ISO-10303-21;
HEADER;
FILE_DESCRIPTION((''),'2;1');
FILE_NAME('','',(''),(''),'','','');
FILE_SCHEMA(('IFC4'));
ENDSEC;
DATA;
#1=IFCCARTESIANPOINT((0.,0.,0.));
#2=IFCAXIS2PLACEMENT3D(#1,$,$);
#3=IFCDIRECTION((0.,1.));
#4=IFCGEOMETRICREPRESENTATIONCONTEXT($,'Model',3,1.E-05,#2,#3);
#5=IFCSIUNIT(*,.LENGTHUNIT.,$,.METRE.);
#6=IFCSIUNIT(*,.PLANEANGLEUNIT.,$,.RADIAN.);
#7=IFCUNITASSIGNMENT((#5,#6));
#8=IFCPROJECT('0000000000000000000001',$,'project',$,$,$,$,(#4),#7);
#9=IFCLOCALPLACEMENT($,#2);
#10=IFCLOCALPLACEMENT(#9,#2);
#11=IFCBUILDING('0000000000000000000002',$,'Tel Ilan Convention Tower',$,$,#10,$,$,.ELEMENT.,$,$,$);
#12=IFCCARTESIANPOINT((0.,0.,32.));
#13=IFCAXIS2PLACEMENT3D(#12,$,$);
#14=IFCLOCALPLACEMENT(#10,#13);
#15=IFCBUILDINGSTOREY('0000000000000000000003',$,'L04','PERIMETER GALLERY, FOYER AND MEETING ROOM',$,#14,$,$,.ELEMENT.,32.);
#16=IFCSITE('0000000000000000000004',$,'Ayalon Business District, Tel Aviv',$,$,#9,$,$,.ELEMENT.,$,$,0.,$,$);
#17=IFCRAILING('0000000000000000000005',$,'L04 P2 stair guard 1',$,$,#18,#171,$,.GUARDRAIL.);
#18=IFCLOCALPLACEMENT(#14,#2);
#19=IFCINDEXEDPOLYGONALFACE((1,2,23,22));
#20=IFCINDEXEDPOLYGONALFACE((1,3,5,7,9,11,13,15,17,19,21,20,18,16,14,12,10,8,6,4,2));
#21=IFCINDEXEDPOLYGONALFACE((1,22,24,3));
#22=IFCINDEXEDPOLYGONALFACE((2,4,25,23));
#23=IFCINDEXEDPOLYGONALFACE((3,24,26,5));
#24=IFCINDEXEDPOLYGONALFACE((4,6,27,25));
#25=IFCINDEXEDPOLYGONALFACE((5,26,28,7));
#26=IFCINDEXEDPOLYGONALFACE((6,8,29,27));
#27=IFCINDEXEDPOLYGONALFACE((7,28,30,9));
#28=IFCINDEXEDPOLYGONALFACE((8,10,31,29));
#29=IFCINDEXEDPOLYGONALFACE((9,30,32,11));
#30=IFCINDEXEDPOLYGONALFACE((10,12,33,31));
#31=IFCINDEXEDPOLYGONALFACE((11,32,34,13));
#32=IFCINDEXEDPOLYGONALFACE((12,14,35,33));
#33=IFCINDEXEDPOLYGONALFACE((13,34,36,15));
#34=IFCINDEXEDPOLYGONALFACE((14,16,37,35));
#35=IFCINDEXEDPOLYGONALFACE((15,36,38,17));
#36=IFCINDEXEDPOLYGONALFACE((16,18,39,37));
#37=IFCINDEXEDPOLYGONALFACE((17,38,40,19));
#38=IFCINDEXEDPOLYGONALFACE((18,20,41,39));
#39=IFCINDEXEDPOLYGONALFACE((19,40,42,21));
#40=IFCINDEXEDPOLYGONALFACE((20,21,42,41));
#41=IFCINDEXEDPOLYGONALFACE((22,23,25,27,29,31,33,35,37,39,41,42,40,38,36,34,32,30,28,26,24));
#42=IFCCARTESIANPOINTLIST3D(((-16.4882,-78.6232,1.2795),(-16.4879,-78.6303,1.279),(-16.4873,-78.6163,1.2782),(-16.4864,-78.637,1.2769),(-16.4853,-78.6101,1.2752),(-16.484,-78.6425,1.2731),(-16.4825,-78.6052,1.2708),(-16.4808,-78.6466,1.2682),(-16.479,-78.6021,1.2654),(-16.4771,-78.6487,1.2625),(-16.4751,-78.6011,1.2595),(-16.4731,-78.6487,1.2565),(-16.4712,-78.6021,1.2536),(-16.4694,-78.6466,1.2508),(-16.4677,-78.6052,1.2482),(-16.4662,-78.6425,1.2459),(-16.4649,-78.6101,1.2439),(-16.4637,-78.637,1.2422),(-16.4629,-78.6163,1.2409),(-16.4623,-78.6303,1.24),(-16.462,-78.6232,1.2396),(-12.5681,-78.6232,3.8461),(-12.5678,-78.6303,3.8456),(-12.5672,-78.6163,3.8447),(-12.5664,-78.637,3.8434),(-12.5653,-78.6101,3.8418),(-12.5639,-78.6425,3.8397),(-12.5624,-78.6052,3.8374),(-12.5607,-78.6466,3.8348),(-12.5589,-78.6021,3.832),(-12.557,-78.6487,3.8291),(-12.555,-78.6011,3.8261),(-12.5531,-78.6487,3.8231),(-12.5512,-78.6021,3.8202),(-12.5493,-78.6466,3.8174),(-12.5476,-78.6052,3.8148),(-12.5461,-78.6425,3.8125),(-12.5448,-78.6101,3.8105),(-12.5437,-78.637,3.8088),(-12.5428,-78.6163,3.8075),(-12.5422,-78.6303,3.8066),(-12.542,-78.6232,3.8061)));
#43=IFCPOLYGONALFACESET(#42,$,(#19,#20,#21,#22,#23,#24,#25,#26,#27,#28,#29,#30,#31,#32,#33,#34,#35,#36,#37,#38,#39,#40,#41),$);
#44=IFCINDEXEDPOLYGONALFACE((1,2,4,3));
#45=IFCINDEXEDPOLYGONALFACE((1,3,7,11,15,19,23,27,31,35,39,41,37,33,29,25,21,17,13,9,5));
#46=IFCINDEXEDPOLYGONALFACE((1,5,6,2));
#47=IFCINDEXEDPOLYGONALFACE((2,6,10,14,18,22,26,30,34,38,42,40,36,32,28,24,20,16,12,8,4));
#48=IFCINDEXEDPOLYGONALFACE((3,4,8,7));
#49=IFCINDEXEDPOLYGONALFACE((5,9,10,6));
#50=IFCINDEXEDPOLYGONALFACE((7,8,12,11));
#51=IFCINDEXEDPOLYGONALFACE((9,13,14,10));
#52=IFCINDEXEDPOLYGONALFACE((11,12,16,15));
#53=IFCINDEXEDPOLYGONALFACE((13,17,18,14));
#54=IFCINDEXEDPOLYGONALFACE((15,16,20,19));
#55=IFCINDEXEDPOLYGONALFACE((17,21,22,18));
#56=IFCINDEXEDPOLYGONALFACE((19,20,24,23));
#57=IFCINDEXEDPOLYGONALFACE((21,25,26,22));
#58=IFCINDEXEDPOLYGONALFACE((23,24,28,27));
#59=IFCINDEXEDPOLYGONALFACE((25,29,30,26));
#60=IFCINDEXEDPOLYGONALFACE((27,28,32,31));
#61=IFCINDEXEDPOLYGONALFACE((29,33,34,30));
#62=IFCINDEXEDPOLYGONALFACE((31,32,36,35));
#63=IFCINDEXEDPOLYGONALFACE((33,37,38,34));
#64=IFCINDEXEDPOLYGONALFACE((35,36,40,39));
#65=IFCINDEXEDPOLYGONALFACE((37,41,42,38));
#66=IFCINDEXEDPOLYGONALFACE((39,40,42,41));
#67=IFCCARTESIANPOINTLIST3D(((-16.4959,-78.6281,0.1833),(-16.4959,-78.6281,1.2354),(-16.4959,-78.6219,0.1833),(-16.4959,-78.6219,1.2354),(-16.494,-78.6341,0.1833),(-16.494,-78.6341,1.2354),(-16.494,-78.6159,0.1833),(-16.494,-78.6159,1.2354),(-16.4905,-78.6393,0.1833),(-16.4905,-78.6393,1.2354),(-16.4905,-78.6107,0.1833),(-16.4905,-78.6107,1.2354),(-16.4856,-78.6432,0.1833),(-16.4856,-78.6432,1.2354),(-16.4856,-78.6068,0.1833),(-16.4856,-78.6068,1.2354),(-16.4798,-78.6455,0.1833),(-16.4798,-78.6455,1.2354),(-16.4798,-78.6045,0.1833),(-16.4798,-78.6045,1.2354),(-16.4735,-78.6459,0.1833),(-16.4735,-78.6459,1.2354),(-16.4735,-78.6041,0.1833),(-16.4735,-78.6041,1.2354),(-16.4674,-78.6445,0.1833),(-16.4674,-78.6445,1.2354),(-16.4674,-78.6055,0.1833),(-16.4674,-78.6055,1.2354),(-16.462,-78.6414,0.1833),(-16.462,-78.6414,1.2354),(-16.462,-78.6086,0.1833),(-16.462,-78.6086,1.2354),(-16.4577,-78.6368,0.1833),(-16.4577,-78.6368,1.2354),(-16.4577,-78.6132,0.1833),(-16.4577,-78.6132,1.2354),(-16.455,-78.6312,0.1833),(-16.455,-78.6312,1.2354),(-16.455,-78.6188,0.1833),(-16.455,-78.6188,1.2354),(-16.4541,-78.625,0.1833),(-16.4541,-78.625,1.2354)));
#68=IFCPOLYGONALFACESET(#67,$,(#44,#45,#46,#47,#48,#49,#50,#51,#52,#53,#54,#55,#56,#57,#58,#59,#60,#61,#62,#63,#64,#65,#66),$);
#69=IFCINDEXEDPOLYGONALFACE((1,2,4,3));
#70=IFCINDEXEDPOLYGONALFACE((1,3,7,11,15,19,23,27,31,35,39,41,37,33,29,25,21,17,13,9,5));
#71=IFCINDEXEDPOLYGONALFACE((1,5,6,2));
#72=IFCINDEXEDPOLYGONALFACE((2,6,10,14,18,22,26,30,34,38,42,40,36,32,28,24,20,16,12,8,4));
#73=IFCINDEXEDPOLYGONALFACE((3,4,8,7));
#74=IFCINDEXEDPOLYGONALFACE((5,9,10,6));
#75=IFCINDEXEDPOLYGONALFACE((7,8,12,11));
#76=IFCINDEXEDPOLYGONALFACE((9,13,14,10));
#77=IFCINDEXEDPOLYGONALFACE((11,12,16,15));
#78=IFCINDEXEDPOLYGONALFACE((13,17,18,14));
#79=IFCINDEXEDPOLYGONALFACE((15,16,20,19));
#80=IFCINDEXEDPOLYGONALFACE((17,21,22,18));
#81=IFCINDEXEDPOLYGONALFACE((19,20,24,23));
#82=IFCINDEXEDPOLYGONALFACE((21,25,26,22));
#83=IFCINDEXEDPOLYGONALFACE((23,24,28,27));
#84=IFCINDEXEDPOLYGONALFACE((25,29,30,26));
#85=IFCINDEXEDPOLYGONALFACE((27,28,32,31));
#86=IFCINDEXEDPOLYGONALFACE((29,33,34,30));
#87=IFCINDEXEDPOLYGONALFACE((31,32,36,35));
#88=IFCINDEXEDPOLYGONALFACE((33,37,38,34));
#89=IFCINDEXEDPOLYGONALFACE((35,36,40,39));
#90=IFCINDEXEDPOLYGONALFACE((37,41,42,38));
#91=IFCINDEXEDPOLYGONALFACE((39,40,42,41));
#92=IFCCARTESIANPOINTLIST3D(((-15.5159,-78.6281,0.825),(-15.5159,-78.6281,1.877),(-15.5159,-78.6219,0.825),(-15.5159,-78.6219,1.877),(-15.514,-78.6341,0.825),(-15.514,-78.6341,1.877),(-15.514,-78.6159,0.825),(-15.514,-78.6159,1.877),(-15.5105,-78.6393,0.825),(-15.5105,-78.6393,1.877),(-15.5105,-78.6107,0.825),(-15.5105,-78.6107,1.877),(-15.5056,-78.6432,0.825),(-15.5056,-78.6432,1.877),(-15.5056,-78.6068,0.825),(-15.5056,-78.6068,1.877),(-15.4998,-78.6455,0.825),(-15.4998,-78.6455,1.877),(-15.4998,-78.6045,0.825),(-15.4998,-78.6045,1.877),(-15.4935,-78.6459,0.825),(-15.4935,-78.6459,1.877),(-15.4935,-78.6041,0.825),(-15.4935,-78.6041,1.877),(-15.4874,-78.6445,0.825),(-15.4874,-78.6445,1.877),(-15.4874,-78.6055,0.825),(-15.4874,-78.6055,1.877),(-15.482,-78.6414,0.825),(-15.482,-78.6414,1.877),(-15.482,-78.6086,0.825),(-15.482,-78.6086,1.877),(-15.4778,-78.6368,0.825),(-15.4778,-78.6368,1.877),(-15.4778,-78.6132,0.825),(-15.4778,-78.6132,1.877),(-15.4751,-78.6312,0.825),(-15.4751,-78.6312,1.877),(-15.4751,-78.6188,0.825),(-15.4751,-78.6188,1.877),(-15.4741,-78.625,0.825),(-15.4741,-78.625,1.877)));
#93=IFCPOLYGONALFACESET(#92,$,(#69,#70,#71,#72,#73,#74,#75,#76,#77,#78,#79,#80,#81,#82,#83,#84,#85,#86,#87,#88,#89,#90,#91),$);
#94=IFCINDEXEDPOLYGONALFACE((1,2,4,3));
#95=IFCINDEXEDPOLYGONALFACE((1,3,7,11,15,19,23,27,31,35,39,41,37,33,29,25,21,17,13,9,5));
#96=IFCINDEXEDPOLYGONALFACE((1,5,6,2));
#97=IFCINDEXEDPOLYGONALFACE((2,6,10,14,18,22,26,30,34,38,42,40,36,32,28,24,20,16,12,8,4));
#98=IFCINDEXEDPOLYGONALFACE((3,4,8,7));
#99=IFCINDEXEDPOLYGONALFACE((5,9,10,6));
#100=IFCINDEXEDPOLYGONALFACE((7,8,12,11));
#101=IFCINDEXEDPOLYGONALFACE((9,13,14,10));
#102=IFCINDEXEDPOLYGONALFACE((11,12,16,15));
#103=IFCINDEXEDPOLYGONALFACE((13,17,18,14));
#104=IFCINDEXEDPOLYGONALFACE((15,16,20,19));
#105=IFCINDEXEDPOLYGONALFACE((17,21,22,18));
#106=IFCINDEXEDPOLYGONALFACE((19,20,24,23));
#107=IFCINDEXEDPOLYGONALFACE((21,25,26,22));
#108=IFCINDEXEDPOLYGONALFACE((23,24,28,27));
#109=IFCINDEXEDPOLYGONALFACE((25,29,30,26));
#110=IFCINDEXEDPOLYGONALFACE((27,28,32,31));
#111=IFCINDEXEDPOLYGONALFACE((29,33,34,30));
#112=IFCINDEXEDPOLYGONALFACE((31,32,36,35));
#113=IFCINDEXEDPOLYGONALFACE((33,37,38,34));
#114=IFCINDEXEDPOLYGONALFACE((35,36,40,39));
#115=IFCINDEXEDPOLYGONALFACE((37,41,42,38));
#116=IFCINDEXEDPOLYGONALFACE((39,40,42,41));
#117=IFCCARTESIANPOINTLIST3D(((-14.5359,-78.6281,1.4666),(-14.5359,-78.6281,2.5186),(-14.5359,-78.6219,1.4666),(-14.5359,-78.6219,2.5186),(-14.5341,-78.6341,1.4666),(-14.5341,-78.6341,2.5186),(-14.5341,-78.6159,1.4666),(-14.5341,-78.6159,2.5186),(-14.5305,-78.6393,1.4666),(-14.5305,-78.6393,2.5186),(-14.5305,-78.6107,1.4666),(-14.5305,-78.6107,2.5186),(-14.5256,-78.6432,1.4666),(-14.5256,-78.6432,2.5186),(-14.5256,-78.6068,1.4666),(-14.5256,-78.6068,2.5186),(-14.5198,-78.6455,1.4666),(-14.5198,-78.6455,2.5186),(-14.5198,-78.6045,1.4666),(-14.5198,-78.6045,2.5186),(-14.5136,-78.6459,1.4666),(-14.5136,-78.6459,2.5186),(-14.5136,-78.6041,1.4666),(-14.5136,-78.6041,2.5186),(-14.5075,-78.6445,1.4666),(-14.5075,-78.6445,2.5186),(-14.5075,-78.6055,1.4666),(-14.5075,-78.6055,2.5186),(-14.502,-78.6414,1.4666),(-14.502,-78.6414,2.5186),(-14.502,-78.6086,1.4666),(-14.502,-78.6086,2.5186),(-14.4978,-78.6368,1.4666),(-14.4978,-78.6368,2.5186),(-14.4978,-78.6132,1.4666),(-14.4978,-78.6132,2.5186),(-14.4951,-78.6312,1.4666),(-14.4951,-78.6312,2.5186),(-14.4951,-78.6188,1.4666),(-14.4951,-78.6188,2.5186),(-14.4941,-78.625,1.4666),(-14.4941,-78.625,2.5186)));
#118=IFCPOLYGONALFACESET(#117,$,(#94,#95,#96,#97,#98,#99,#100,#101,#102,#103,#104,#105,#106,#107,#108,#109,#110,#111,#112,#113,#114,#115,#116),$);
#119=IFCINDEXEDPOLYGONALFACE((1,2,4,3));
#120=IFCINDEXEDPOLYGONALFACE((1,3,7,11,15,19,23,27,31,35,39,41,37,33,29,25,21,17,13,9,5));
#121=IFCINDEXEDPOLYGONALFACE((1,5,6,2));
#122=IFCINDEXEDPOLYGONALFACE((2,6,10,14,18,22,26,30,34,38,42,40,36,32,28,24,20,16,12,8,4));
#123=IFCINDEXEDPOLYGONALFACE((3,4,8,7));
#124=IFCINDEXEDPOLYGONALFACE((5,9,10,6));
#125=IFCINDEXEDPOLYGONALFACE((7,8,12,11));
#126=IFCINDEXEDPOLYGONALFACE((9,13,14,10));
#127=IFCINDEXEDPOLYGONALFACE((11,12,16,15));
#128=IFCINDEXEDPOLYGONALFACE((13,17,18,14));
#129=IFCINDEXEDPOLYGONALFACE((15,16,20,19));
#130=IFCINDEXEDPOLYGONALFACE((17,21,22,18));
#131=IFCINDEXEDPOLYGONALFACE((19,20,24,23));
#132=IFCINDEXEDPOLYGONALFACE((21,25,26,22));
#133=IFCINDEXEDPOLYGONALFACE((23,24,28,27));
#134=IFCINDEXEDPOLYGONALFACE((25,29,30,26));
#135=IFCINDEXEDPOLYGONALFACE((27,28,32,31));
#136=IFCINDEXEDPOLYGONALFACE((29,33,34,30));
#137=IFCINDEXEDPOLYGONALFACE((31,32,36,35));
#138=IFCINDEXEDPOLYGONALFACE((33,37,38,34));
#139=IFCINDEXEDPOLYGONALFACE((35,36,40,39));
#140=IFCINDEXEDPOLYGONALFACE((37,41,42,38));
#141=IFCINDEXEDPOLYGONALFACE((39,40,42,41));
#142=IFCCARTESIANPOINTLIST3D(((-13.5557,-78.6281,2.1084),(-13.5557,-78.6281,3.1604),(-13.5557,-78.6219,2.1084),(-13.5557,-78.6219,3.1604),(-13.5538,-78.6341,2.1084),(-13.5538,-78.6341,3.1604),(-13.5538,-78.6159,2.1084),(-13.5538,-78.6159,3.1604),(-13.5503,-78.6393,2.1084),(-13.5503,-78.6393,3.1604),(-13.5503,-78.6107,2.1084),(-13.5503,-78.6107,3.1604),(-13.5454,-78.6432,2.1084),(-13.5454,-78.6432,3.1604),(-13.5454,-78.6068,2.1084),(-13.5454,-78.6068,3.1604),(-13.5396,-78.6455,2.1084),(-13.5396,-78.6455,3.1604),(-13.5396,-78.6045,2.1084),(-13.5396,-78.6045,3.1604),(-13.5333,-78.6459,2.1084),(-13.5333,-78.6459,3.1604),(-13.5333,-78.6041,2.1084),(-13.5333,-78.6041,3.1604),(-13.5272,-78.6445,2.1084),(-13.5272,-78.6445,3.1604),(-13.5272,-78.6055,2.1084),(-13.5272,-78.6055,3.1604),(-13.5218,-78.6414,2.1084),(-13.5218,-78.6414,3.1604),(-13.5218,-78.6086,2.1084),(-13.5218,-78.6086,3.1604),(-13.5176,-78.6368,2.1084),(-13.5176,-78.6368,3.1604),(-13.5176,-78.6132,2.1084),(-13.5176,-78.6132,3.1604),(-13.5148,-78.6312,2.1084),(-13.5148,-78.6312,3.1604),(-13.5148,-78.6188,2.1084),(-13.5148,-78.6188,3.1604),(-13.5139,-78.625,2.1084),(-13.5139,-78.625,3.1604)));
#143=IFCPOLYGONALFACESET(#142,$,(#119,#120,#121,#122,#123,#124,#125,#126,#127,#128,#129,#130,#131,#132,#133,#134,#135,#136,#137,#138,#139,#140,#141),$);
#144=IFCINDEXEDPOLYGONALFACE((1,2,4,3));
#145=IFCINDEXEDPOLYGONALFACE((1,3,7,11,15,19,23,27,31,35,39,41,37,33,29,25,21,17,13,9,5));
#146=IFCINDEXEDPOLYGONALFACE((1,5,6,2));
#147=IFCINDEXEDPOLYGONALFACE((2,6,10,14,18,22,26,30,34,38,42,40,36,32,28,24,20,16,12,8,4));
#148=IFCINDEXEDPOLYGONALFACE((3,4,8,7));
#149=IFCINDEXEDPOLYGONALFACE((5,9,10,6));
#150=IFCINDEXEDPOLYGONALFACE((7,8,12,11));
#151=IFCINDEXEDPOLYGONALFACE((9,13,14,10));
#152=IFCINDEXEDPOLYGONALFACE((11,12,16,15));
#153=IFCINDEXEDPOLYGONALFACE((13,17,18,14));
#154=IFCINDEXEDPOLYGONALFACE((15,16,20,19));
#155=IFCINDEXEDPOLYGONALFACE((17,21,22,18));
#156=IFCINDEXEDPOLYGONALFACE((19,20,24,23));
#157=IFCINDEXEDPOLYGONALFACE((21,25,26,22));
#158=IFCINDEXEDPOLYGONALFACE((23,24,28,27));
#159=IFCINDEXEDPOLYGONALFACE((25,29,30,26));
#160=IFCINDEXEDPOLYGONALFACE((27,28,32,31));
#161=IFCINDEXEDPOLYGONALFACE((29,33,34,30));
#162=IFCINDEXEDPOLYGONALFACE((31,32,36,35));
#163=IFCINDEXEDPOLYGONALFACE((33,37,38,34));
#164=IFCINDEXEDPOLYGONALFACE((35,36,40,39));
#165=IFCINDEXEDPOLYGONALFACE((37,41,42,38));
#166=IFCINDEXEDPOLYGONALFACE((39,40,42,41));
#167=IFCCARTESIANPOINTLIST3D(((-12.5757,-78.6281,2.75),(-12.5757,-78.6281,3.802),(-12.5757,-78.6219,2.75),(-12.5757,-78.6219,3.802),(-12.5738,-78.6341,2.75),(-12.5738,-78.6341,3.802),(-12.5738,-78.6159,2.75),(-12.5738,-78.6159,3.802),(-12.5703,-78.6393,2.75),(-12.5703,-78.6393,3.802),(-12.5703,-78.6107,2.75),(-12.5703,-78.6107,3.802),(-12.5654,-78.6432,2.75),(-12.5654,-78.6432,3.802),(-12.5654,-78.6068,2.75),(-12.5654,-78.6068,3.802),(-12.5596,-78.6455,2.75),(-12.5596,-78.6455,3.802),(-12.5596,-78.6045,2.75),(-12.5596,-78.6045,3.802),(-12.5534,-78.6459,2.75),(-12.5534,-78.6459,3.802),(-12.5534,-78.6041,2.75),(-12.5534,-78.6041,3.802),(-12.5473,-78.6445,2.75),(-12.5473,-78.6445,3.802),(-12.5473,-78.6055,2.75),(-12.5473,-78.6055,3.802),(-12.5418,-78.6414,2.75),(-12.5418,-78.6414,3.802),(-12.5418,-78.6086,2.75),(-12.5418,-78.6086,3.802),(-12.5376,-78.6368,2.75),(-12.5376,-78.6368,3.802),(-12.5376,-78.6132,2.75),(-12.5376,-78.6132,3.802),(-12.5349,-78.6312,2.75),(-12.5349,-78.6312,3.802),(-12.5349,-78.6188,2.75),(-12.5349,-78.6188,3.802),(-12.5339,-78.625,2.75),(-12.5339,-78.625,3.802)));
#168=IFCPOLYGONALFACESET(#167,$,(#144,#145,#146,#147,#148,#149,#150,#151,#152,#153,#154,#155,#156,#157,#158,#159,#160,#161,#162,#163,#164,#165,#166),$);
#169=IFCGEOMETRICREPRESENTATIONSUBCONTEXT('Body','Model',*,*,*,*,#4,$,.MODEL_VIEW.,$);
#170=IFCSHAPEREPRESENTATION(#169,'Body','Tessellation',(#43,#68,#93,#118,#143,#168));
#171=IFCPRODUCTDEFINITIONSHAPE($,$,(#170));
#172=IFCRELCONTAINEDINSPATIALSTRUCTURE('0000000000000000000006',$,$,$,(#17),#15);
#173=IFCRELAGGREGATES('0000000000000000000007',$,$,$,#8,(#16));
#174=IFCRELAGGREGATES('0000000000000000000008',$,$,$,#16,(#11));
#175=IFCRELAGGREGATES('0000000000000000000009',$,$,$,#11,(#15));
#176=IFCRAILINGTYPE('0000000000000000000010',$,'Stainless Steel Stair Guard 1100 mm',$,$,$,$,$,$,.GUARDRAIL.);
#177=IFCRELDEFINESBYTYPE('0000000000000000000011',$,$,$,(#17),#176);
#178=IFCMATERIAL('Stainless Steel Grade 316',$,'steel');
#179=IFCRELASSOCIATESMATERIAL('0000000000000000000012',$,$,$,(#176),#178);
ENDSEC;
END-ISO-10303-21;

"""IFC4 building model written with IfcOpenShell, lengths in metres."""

from ifc_helpers import new_model, si_unit, direction, frame, origin, origin_2d, place, context, subcontext, project, spatial, circle, extrude, material, type_object, element, save


model = new_model("IFC4")

# Units and contexts
model_context = context("Model", 3, precision=1e-05, world=origin(), true_north=direction((0.0, 1.0)))
body_context = subcontext(model_context, "Body", "Model", "MODEL_VIEW")
ifc_project = project(units=[si_unit("LENGTHUNIT", "METRE"), si_unit("PLANEANGLEUNIT", "RADIAN")], contexts=[model_context])

# Site, building, storey
site_placement = place(None, origin())
site = spatial("IfcSite", under=ifc_project, at=site_placement, Name="Ayalon Business District, Tel Aviv", CompositionType="ELEMENT", RefElevation=0.0)
building_placement = place(site_placement, origin())
building = spatial("IfcBuilding", under=site, at=building_placement, Name="Tel Ilan Convention Tower", CompositionType="ELEMENT")
storey_placement = place(building_placement, frame((0.0, 0.0, 32.0)))
storey = spatial("IfcBuildingStorey", under=building, at=storey_placement, Name="L04", Description="PERIMETER GALLERY, FOYER AND MEETING ROOM", CompositionType="ELEMENT", Elevation=32.0)

# Railing
ifc_material_1 = material(Name="Stainless Steel Grade 316", Category="steel")
railing_type_1 = type_object("IfcRailingType", Name="Stainless Steel Stair Guard 1100 mm", PredefinedType="GUARDRAIL", material=ifc_material_1)
railing_1_placement = place(storey_placement, frame((-16.4751, -78.625, 0.1833)))
element("IfcRailing", 1, at=railing_1_placement, inside=storey, type_object=railing_type_1, Name="L04 P2 stair guard 1", PredefinedType="GUARDRAIL", context=body_context, shape_type="SweptSolid", body=[
    extrude(circle(Radius=0.0239, at=origin_2d()), frame((0.0, 0.0, 1.0762), z_axis=(0.836631, 0.0, 0.547767), x_axis=(0.0, 1.0, 0.0)), (0.0, 0.0, 1.0), 4.6855),
    extrude(circle(Radius=0.021, at=origin_2d()), origin(), (0.0, 0.0, 1.0), 1.052),
    extrude(circle(Radius=0.021, at=origin_2d()), frame((0.98, 0.0, 0.6416)), (0.0, 0.0, 1.0), 1.052),
    extrude(circle(Radius=0.021, at=origin_2d()), frame((1.96, 0.0, 1.2832)), (0.0, 0.0, 1.0), 1.052),
    extrude(circle(Radius=0.021, at=origin_2d()), frame((2.9402, 0.0, 1.925)), (0.0, 0.0, 1.0), 1.052),
    extrude(circle(Radius=0.021, at=origin_2d()), frame((3.9202, 0.0, 2.5667)), (0.0, 0.0, 1.0), 1.052),
])

save(model, "model.ifc")
